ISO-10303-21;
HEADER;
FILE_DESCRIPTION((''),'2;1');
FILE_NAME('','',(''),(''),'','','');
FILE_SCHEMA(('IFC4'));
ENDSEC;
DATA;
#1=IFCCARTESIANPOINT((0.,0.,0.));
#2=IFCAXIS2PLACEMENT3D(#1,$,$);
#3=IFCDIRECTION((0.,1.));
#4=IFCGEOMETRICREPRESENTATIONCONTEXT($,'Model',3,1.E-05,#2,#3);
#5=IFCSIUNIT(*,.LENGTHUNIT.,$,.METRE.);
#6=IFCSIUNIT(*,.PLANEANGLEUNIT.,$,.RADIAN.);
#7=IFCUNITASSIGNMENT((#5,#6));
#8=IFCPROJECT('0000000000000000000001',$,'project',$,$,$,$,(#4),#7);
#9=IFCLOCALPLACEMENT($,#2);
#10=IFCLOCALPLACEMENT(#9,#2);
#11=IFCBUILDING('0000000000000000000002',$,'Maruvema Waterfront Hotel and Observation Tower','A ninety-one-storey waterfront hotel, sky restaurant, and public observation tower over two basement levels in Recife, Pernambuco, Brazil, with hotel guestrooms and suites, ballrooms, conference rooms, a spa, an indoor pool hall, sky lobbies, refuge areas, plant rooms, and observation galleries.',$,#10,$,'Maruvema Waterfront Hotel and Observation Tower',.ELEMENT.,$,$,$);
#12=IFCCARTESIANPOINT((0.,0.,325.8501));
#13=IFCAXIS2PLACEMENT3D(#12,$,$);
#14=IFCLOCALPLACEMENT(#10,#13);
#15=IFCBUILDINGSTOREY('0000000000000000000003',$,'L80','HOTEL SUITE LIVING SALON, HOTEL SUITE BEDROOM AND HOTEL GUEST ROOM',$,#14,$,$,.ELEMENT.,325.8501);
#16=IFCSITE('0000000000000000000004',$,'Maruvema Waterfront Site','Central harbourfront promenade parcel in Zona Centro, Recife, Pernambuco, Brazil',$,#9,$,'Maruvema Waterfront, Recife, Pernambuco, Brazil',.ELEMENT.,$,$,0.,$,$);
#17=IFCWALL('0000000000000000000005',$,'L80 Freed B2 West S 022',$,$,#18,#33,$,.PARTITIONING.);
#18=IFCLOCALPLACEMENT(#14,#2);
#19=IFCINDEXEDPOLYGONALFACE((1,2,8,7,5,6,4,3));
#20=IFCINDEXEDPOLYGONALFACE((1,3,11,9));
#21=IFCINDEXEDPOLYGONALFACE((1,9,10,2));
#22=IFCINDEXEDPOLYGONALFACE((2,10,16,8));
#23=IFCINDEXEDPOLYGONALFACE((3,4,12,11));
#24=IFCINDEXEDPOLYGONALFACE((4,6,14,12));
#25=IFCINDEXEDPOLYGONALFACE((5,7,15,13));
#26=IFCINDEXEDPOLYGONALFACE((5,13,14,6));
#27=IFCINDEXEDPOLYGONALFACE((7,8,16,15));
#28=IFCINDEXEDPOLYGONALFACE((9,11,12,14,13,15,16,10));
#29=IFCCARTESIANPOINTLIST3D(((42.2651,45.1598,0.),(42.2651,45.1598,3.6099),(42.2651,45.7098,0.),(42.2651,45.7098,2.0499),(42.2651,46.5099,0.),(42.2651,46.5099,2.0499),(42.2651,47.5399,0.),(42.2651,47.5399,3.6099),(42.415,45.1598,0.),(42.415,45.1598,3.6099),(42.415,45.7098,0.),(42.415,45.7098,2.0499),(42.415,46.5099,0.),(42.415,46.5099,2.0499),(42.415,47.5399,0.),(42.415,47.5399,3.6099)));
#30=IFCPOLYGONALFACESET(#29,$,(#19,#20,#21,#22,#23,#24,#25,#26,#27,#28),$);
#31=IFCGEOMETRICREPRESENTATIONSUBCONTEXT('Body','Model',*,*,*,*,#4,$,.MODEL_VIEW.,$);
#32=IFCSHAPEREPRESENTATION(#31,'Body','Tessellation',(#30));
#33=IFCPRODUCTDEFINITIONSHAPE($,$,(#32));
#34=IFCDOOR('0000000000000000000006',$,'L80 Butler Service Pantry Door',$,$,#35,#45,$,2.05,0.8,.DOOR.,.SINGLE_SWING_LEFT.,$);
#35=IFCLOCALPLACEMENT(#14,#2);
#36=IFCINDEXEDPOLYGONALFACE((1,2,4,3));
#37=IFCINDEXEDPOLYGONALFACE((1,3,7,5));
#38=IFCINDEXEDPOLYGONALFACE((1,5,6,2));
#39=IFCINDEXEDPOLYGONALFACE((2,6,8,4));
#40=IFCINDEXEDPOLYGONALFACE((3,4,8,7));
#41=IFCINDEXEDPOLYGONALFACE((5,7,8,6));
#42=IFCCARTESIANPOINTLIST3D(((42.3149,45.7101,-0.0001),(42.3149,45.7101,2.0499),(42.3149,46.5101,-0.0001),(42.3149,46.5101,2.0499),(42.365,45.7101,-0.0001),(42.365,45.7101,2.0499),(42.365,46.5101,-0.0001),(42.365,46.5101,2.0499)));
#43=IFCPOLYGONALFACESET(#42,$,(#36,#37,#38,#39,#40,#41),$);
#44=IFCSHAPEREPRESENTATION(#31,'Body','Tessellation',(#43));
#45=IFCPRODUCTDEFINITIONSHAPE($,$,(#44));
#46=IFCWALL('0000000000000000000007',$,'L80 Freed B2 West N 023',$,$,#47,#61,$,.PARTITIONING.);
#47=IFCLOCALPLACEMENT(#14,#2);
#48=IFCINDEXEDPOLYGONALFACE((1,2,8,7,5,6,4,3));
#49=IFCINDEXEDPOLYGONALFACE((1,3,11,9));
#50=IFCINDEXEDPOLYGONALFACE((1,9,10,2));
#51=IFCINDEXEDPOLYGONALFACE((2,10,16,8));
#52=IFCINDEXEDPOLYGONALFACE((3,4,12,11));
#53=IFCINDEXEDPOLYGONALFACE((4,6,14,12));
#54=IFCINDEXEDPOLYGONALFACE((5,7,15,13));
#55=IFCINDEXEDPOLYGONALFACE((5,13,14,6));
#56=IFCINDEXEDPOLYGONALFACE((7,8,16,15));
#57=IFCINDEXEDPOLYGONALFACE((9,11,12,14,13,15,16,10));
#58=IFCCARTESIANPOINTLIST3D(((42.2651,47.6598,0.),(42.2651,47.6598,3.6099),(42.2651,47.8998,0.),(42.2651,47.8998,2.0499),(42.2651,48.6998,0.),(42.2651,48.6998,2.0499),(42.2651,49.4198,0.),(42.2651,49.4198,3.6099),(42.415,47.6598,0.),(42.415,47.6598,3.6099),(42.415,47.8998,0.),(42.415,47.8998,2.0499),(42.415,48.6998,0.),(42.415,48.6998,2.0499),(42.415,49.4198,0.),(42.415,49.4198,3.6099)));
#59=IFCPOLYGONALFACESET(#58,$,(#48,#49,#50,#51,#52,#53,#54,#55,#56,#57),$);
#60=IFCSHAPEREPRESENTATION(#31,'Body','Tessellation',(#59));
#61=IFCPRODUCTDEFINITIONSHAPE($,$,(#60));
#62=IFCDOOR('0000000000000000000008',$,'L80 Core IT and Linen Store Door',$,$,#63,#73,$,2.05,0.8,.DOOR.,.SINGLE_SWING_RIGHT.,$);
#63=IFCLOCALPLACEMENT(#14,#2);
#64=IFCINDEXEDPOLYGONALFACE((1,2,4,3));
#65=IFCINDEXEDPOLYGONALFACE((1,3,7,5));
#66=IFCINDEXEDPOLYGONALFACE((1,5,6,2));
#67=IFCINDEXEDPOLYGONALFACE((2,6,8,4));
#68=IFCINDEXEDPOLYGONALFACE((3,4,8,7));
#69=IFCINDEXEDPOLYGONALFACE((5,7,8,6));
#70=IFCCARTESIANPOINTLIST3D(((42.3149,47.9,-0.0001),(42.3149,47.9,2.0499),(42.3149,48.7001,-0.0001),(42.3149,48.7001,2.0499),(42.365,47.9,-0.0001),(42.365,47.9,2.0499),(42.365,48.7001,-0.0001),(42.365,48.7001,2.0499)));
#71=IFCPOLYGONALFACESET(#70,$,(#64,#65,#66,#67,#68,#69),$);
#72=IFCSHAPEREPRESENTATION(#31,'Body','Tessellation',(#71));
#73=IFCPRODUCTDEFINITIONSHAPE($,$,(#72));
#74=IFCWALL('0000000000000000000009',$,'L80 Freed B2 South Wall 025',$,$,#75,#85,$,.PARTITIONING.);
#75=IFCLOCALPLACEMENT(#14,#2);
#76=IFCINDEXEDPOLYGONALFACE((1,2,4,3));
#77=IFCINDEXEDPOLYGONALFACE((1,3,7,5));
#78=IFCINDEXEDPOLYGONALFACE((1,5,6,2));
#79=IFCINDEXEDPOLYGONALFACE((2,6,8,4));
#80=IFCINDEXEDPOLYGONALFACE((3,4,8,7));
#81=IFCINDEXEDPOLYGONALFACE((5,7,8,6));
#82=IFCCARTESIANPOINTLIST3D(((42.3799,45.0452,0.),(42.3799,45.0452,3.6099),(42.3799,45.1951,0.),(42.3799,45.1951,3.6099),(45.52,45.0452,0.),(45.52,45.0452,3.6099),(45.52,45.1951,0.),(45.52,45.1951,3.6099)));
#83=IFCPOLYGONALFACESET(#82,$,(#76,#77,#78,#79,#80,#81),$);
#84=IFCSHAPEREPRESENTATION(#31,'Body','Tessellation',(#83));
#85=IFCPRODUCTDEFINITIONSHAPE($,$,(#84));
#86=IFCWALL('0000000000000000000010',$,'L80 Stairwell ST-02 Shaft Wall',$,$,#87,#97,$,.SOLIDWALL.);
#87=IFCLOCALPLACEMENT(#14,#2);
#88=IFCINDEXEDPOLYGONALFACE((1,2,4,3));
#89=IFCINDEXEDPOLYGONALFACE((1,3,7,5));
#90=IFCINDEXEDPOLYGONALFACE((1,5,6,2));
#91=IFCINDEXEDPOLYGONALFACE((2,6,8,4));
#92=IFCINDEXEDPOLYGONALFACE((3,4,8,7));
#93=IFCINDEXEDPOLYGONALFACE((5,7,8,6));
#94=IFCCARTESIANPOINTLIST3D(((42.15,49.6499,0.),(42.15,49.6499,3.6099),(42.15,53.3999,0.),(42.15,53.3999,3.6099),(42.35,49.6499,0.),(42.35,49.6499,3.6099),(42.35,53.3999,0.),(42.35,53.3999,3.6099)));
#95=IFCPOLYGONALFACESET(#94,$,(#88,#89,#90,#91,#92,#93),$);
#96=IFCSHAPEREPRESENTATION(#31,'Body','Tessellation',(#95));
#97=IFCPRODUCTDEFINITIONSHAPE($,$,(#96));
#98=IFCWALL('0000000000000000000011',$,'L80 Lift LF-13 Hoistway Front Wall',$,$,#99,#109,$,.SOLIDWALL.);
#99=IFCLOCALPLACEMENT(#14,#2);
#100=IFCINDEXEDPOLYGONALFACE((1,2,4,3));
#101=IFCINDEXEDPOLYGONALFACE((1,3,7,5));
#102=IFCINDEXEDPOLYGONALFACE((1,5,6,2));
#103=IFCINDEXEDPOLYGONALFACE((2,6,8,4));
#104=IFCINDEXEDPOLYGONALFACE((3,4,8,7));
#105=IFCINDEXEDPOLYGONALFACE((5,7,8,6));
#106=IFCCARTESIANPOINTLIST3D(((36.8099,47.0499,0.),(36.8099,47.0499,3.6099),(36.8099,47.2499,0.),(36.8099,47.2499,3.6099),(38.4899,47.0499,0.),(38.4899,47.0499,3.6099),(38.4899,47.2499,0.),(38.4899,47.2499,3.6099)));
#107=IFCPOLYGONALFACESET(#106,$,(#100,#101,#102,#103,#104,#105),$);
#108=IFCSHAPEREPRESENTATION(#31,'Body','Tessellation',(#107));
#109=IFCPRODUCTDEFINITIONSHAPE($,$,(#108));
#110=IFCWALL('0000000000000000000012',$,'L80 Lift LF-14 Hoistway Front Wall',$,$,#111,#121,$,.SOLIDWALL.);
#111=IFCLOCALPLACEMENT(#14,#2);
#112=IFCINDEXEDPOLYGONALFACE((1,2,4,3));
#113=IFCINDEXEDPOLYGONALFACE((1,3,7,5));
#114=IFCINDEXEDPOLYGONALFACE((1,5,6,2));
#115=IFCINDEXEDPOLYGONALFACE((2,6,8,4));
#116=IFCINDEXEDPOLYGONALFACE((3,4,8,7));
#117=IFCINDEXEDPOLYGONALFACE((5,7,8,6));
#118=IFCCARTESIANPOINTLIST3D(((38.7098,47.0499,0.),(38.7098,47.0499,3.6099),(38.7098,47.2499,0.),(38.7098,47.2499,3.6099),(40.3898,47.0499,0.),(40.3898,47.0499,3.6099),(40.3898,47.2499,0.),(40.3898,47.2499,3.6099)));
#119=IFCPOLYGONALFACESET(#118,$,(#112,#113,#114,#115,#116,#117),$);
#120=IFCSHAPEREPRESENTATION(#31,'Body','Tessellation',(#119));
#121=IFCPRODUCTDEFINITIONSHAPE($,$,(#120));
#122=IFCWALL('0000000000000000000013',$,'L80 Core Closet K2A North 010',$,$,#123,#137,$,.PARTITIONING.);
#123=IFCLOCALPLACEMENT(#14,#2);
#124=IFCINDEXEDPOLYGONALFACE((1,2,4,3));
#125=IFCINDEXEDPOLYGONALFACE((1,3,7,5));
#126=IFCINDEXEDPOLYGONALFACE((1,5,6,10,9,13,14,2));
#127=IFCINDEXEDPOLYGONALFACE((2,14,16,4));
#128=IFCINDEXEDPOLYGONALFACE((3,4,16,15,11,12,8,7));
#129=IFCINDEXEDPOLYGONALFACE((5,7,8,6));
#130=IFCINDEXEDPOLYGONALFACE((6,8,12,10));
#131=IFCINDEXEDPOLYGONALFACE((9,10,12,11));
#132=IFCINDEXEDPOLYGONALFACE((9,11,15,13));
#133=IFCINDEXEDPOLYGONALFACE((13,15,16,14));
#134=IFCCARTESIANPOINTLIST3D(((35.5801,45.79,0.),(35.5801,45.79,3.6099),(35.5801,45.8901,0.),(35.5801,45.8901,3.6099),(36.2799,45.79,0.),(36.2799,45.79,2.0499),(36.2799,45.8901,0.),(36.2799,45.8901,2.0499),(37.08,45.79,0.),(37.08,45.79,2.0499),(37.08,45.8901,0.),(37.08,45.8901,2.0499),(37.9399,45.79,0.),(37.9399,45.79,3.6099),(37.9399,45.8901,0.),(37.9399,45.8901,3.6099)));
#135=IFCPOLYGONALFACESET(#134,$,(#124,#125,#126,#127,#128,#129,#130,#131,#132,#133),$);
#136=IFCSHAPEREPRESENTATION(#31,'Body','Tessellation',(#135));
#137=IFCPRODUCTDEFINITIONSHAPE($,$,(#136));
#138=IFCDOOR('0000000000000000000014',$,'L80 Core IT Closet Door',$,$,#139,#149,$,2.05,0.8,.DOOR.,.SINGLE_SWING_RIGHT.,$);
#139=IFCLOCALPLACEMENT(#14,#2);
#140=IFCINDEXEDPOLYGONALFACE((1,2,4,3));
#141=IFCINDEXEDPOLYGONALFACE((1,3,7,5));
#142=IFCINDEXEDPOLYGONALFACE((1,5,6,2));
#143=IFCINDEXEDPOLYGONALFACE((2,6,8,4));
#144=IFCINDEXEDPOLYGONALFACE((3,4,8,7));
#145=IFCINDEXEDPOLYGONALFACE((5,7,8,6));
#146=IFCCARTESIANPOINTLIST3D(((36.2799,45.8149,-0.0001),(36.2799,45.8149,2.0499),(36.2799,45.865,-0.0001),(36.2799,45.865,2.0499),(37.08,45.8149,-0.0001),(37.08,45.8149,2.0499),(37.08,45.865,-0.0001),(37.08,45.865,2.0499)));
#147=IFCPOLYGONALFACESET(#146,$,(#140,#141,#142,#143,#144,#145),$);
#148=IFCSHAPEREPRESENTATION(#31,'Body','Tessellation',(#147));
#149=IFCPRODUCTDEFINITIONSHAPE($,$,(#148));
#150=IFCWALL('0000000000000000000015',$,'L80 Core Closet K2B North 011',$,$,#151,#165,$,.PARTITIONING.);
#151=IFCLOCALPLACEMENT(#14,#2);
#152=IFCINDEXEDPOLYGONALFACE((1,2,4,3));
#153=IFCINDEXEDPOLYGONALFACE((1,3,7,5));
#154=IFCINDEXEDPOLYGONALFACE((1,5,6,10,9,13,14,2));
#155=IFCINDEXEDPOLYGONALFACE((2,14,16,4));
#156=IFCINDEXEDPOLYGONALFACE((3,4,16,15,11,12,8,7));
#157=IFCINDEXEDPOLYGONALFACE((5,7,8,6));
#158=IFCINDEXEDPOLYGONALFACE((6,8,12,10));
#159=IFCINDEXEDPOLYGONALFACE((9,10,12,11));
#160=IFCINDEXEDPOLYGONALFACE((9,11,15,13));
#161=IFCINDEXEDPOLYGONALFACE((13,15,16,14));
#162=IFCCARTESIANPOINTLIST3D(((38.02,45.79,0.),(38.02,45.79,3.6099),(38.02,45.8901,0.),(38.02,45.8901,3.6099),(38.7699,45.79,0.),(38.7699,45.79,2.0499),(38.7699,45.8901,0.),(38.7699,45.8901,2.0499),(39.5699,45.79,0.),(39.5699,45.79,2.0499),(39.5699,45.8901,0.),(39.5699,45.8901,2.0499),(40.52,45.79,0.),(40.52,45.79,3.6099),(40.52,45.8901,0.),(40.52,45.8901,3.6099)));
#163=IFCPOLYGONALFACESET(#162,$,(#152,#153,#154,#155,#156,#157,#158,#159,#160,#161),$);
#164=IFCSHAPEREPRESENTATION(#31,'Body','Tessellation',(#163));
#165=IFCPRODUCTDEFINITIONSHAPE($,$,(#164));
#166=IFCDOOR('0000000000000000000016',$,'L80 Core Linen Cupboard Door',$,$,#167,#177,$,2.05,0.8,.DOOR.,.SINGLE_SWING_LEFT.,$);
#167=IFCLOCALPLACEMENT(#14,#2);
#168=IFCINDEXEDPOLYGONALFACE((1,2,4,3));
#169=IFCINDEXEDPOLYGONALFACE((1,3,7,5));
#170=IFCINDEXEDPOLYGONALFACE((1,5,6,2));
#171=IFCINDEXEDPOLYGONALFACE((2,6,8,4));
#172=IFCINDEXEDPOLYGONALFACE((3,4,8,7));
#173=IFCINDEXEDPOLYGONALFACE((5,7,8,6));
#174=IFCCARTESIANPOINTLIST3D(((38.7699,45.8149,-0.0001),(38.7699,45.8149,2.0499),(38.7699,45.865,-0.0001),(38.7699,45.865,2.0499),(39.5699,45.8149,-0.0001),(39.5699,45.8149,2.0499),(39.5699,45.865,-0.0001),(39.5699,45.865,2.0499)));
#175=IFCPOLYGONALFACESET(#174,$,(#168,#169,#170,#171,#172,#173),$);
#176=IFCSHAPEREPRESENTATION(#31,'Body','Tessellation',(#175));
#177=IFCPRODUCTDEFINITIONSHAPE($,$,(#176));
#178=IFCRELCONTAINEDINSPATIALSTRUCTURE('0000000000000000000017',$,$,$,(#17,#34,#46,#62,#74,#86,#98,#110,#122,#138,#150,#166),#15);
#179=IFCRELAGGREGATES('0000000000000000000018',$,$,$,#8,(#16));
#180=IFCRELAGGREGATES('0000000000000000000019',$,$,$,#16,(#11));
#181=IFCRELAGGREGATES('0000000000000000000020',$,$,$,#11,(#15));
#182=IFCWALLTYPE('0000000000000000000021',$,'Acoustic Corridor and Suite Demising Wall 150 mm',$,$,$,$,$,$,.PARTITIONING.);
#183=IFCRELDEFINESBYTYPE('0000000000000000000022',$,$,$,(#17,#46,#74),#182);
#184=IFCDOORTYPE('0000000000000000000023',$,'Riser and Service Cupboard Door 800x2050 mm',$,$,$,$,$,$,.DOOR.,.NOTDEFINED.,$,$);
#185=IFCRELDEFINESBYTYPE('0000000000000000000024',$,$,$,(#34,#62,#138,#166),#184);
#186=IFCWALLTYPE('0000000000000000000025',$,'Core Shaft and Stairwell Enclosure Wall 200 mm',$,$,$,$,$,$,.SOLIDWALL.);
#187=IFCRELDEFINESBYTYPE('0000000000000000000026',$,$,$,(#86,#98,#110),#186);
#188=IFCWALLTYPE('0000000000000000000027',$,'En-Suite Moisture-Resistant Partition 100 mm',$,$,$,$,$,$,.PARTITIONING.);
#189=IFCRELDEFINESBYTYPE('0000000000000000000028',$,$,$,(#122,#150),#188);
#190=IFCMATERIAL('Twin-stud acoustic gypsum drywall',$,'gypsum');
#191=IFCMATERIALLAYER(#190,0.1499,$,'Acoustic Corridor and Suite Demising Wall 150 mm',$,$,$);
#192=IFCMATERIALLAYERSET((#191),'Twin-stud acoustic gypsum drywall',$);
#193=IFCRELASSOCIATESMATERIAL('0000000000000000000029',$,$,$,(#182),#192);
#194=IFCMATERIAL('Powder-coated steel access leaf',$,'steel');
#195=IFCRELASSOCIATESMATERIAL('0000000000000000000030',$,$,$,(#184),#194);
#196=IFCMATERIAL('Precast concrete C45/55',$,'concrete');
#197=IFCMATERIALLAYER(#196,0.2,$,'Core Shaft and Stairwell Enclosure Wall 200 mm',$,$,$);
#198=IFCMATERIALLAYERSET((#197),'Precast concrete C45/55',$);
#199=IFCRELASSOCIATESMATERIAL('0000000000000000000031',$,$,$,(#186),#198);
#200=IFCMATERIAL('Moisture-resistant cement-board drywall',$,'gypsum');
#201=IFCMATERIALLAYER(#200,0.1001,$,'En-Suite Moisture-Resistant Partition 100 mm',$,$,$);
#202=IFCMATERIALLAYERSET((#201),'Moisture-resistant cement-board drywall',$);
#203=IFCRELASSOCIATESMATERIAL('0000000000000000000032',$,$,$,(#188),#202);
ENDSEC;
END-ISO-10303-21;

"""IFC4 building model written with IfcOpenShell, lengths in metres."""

from ifc_helpers import new_model, si_unit, direction, frame, frame_2d, origin, place, context, subcontext, project, spatial, rectangle, extrude, material, layer, layer_set, type_object, element, fill, save


model = new_model("IFC4")

# Units and contexts
model_context = context("Model", 3, precision=1e-05, world=origin(), true_north=direction((0.0, 1.0)))
body_context = subcontext(model_context, "Body", "Model", "MODEL_VIEW")
ifc_project = project(units=[si_unit("LENGTHUNIT", "METRE"), si_unit("PLANEANGLEUNIT", "RADIAN")], contexts=[model_context])

# Site, building, storey
site_placement = place(None, origin())
site = spatial("IfcSite", under=ifc_project, at=site_placement, Name="Maruvema Waterfront Site", Description="Central harbourfront promenade parcel in Zona Centro, Recife, Pernambuco, Brazil", LongName="Maruvema Waterfront, Recife, Pernambuco, Brazil", CompositionType="ELEMENT", RefElevation=0.0)
building_placement = place(site_placement, origin())
building = spatial("IfcBuilding", under=site, at=building_placement, Name="Maruvema Waterfront Hotel and Observation Tower", Description="A ninety-one-storey waterfront hotel, sky restaurant, and public observation tower over two basement levels in Recife, Pernambuco, Brazil, with hotel guestrooms and suites, ballrooms, conference rooms, a spa, an indoor pool hall, sky lobbies, refuge areas, plant rooms, and observation galleries.", LongName="Maruvema Waterfront Hotel and Observation Tower", CompositionType="ELEMENT")
storey_placement = place(building_placement, frame((0.0, 0.0, 325.8501)))
storey = spatial("IfcBuildingStorey", under=building, at=storey_placement, Name="L80", Description="HOTEL SUITE LIVING SALON, HOTEL SUITE BEDROOM AND HOTEL GUEST ROOM", CompositionType="ELEMENT", Elevation=325.8501)

# Walls, openings, doors
ifc_material_1 = material(Name="Twin-stud acoustic gypsum drywall", Category="gypsum")
ifc_layer_1 = layer(ifc_material_1, 0.1499, Name="Acoustic Corridor and Suite Demising Wall 150 mm")
ifc_layer_set_1 = layer_set([ifc_layer_1], Name="Twin-stud acoustic gypsum drywall")
wall_type_1 = type_object("IfcWallType", Name="Acoustic Corridor and Suite Demising Wall 150 mm", PredefinedType="PARTITIONING", material=ifc_layer_set_1)
wall_1_placement = place(storey_placement, frame((42.3401, 45.1599, 0.0), z_axis=(0.0, 0.0, 1.0), x_axis=(0.0, 1.0, 0.0)))
wall_1 = element("IfcWall", 1, at=wall_1_placement, inside=storey, type_object=wall_type_1, Name="L80 Freed B2 West S 022", PredefinedType="PARTITIONING", context=body_context, shape_type="SweptSolid", body=[
    extrude(rectangle(XDim=2.3801, YDim=0.1499, at=frame_2d((1.1899, 0.0))), origin(), (0.0, 0.0, 1.0), 3.6099),
])
opening_1_placement = place(wall_1_placement, frame((0.55, 0.0, 0.0)))
opening_1 = element("IfcOpeningElement", 2, at=opening_1_placement, cuts=wall_1, PredefinedType="OPENING", context=body_context, shape_type="SweptSolid", body=[
    extrude(rectangle(XDim=0.8, YDim=2.05, at=frame_2d((0.3999, 1.0249))), frame((0.0, 0.085, 0.0), z_axis=(0.0, -1.0, 0.0), x_axis=(1.0, 0.0, 0.0)), (0.0, 0.0, 1.0), 0.1699),
])
ifc_material_2 = material(Name="Powder-coated steel access leaf", Category="steel")
door_type = type_object("IfcDoorType", Name="Riser and Service Cupboard Door 800x2050 mm", OperationType="NOTDEFINED", PredefinedType="DOOR", material=ifc_material_2)
door_1_placement = place(opening_1_placement, frame((0.8, 0.0, 0.0), z_axis=(0.0, 0.0, 1.0), x_axis=(-1.0, 0.0, 0.0)))
door_1 = element("IfcDoor", 3, at=door_1_placement, inside=storey, type_object=door_type, Name="L80 Butler Service Pantry Door", OperationType="SINGLE_SWING_LEFT", OverallHeight=2.05, OverallWidth=0.8, PredefinedType="DOOR", context=body_context, shape_type="SweptSolid", body=[
    extrude(rectangle(XDim=0.8, YDim=2.05, at=frame_2d((0.3999, 1.0249))), frame((0.0, 0.0249, 0.0), z_axis=(0.0, -1.0, 0.0), x_axis=(1.0, 0.0, 0.0)), (0.0, 0.0, 1.0), 0.05),
])
fill(opening_1, door_1)
wall_2_placement = place(storey_placement, frame((42.3401, 47.6599, 0.0), z_axis=(0.0, 0.0, 1.0), x_axis=(0.0, 1.0, 0.0)))
wall_2 = element("IfcWall", 4, at=wall_2_placement, inside=storey, type_object=wall_type_1, Name="L80 Freed B2 West N 023", PredefinedType="PARTITIONING", context=body_context, shape_type="SweptSolid", body=[
    extrude(rectangle(XDim=1.76, YDim=0.1499, at=frame_2d((0.8799, 0.0))), origin(), (0.0, 0.0, 1.0), 3.6099),
])
opening_2_placement = place(wall_2_placement, frame((0.24, 0.0, 0.0)))
opening_2 = element("IfcOpeningElement", 5, at=opening_2_placement, cuts=wall_2, PredefinedType="OPENING", context=body_context, shape_type="SweptSolid", body=[
    extrude(rectangle(XDim=0.8, YDim=2.05, at=frame_2d((0.3999, 1.0249))), frame((0.0, 0.085, 0.0), z_axis=(0.0, -1.0, 0.0), x_axis=(1.0, 0.0, 0.0)), (0.0, 0.0, 1.0), 0.1699),
])
door_2_placement = place(opening_2_placement, frame((0.8, 0.0, 0.0), z_axis=(0.0, 0.0, 1.0), x_axis=(-1.0, 0.0, 0.0)))
door_2 = element("IfcDoor", 6, at=door_2_placement, inside=storey, type_object=door_type, Name="L80 Core IT and Linen Store Door", OperationType="SINGLE_SWING_RIGHT", OverallHeight=2.05, OverallWidth=0.8, PredefinedType="DOOR", context=body_context, shape_type="SweptSolid", body=[
    extrude(rectangle(XDim=0.8, YDim=2.05, at=frame_2d((0.3999, 1.0249))), frame((0.0, 0.0249, 0.0), z_axis=(0.0, -1.0, 0.0), x_axis=(1.0, 0.0, 0.0)), (0.0, 0.0, 1.0), 0.05),
])
fill(opening_2, door_2)

# Walls
wall_3_placement = place(storey_placement, frame((42.3799, 45.1201, 0.0), z_axis=(0.0, 0.0, 1.0), x_axis=(1.0, 0.0, 0.0)))
element("IfcWall", 7, at=wall_3_placement, inside=storey, type_object=wall_type_1, Name="L80 Freed B2 South Wall 025", PredefinedType="PARTITIONING", context=body_context, shape_type="SweptSolid", body=[
    extrude(rectangle(XDim=3.1401, YDim=0.1499, at=frame_2d((1.5701, 0.0))), origin(), (0.0, 0.0, 1.0), 3.6099),
])
ifc_material_3 = material(Name="Precast concrete C45/55", Category="concrete")
ifc_layer_2 = layer(ifc_material_3, 0.2, Name="Core Shaft and Stairwell Enclosure Wall 200 mm")
ifc_layer_set_2 = layer_set([ifc_layer_2], Name="Precast concrete C45/55")
wall_type_2 = type_object("IfcWallType", Name="Core Shaft and Stairwell Enclosure Wall 200 mm", PredefinedType="SOLIDWALL", material=ifc_layer_set_2)
wall_4_placement = place(storey_placement, frame((42.25, 49.6499, 0.0), z_axis=(0.0, 0.0, 1.0), x_axis=(0.0, 1.0, 0.0)))
element("IfcWall", 8, at=wall_4_placement, inside=storey, type_object=wall_type_2, Name="L80 Stairwell ST-02 Shaft Wall", PredefinedType="SOLIDWALL", context=body_context, shape_type="SweptSolid", body=[
    extrude(rectangle(XDim=3.75, YDim=0.2, at=frame_2d((1.875, 0.0))), origin(), (0.0, 0.0, 1.0), 3.6099),
])
for number, where, z_axis, x_axis, name in (
    (9, (36.8101, 47.1499, 0.0), (0.0, 0.0, 1.0), (1.0, 0.0, 0.0), "L80 Lift LF-13 Hoistway Front Wall"),
    (10, (38.71, 47.1499, 0.0), (0.0, 0.0, 1.0), (1.0, 0.0, 0.0), "L80 Lift LF-14 Hoistway Front Wall"),
):
    element("IfcWall", number, at=place(storey_placement, frame(where, z_axis=z_axis, x_axis=x_axis)), inside=storey, type_object=wall_type_2, Name=name, PredefinedType="SOLIDWALL", context=body_context, shape_type="SweptSolid", body=[
        extrude(rectangle(XDim=1.6799, YDim=0.2, at=frame_2d((0.8398, 0.0))), origin(), (0.0, 0.0, 1.0), 3.6099),
    ])

# Walls, openings, doors
ifc_material_4 = material(Name="Moisture-resistant cement-board drywall", Category="gypsum")
ifc_layer_3 = layer(ifc_material_4, 0.1001, Name="En-Suite Moisture-Resistant Partition 100 mm")
ifc_layer_set_3 = layer_set([ifc_layer_3], Name="Moisture-resistant cement-board drywall")
wall_type_3 = type_object("IfcWallType", Name="En-Suite Moisture-Resistant Partition 100 mm", PredefinedType="PARTITIONING", material=ifc_layer_set_3)
wall_5_placement = place(storey_placement, frame((35.5801, 45.8401, 0.0), z_axis=(0.0, 0.0, 1.0), x_axis=(1.0, 0.0, 0.0)))
wall_5 = element("IfcWall", 11, at=wall_5_placement, inside=storey, type_object=wall_type_3, Name="L80 Core Closet K2A North 010", PredefinedType="PARTITIONING", context=body_context, shape_type="SweptSolid", body=[
    extrude(rectangle(XDim=2.3599, YDim=0.1001, at=frame_2d((1.1799, 0.0))), origin(), (0.0, 0.0, 1.0), 3.6099),
])
opening_3_placement = place(wall_5_placement, frame((0.7, 0.0, 0.0)))
opening_3 = element("IfcOpeningElement", 12, at=opening_3_placement, cuts=wall_5, PredefinedType="OPENING", context=body_context, shape_type="SweptSolid", body=[
    extrude(rectangle(XDim=0.8, YDim=2.05, at=frame_2d((0.3999, 1.0249))), frame((0.0, 0.0601, 0.0), z_axis=(0.0, -1.0, 0.0), x_axis=(1.0, 0.0, 0.0)), (0.0, 0.0, 1.0), 0.1201),
])
door_3_placement = place(opening_3_placement, origin())
door_3 = element("IfcDoor", 13, at=door_3_placement, inside=storey, type_object=door_type, Name="L80 Core IT Closet Door", OperationType="SINGLE_SWING_RIGHT", OverallHeight=2.05, OverallWidth=0.8, PredefinedType="DOOR", context=body_context, shape_type="SweptSolid", body=[
    extrude(rectangle(XDim=0.8, YDim=2.05, at=frame_2d((0.3999, 1.0249))), frame((0.0, 0.0249, 0.0), z_axis=(0.0, -1.0, 0.0), x_axis=(1.0, 0.0, 0.0)), (0.0, 0.0, 1.0), 0.05),
])
fill(opening_3, door_3)
wall_6_placement = place(storey_placement, frame((38.02, 45.8401, 0.0), z_axis=(0.0, 0.0, 1.0), x_axis=(1.0, 0.0, 0.0)))
wall_6 = element("IfcWall", 14, at=wall_6_placement, inside=storey, type_object=wall_type_3, Name="L80 Core Closet K2B North 011", PredefinedType="PARTITIONING", context=body_context, shape_type="SweptSolid", body=[
    extrude(rectangle(XDim=2.5, YDim=0.1001, at=frame_2d((1.25, 0.0))), origin(), (0.0, 0.0, 1.0), 3.6099),
])
opening_4_placement = place(wall_6_placement, frame((0.75, 0.0, 0.0)))
opening_4 = element("IfcOpeningElement", 15, at=opening_4_placement, cuts=wall_6, PredefinedType="OPENING", context=body_context, shape_type="SweptSolid", body=[
    extrude(rectangle(XDim=0.8, YDim=2.05, at=frame_2d((0.3999, 1.0249))), frame((0.0, 0.0601, 0.0), z_axis=(0.0, -1.0, 0.0), x_axis=(1.0, 0.0, 0.0)), (0.0, 0.0, 1.0), 0.1201),
])
door_4_placement = place(opening_4_placement, origin())
door_4 = element("IfcDoor", 16, at=door_4_placement, inside=storey, type_object=door_type, Name="L80 Core Linen Cupboard Door", OperationType="SINGLE_SWING_LEFT", OverallHeight=2.05, OverallWidth=0.8, PredefinedType="DOOR", context=body_context, shape_type="SweptSolid", body=[
    extrude(rectangle(XDim=0.8, YDim=2.05, at=frame_2d((0.3999, 1.0249))), frame((0.0, 0.0249, 0.0), z_axis=(0.0, -1.0, 0.0), x_axis=(1.0, 0.0, 0.0)), (0.0, 0.0, 1.0), 0.05),
])
fill(opening_4, door_4)

save(model, "model.ifc")
